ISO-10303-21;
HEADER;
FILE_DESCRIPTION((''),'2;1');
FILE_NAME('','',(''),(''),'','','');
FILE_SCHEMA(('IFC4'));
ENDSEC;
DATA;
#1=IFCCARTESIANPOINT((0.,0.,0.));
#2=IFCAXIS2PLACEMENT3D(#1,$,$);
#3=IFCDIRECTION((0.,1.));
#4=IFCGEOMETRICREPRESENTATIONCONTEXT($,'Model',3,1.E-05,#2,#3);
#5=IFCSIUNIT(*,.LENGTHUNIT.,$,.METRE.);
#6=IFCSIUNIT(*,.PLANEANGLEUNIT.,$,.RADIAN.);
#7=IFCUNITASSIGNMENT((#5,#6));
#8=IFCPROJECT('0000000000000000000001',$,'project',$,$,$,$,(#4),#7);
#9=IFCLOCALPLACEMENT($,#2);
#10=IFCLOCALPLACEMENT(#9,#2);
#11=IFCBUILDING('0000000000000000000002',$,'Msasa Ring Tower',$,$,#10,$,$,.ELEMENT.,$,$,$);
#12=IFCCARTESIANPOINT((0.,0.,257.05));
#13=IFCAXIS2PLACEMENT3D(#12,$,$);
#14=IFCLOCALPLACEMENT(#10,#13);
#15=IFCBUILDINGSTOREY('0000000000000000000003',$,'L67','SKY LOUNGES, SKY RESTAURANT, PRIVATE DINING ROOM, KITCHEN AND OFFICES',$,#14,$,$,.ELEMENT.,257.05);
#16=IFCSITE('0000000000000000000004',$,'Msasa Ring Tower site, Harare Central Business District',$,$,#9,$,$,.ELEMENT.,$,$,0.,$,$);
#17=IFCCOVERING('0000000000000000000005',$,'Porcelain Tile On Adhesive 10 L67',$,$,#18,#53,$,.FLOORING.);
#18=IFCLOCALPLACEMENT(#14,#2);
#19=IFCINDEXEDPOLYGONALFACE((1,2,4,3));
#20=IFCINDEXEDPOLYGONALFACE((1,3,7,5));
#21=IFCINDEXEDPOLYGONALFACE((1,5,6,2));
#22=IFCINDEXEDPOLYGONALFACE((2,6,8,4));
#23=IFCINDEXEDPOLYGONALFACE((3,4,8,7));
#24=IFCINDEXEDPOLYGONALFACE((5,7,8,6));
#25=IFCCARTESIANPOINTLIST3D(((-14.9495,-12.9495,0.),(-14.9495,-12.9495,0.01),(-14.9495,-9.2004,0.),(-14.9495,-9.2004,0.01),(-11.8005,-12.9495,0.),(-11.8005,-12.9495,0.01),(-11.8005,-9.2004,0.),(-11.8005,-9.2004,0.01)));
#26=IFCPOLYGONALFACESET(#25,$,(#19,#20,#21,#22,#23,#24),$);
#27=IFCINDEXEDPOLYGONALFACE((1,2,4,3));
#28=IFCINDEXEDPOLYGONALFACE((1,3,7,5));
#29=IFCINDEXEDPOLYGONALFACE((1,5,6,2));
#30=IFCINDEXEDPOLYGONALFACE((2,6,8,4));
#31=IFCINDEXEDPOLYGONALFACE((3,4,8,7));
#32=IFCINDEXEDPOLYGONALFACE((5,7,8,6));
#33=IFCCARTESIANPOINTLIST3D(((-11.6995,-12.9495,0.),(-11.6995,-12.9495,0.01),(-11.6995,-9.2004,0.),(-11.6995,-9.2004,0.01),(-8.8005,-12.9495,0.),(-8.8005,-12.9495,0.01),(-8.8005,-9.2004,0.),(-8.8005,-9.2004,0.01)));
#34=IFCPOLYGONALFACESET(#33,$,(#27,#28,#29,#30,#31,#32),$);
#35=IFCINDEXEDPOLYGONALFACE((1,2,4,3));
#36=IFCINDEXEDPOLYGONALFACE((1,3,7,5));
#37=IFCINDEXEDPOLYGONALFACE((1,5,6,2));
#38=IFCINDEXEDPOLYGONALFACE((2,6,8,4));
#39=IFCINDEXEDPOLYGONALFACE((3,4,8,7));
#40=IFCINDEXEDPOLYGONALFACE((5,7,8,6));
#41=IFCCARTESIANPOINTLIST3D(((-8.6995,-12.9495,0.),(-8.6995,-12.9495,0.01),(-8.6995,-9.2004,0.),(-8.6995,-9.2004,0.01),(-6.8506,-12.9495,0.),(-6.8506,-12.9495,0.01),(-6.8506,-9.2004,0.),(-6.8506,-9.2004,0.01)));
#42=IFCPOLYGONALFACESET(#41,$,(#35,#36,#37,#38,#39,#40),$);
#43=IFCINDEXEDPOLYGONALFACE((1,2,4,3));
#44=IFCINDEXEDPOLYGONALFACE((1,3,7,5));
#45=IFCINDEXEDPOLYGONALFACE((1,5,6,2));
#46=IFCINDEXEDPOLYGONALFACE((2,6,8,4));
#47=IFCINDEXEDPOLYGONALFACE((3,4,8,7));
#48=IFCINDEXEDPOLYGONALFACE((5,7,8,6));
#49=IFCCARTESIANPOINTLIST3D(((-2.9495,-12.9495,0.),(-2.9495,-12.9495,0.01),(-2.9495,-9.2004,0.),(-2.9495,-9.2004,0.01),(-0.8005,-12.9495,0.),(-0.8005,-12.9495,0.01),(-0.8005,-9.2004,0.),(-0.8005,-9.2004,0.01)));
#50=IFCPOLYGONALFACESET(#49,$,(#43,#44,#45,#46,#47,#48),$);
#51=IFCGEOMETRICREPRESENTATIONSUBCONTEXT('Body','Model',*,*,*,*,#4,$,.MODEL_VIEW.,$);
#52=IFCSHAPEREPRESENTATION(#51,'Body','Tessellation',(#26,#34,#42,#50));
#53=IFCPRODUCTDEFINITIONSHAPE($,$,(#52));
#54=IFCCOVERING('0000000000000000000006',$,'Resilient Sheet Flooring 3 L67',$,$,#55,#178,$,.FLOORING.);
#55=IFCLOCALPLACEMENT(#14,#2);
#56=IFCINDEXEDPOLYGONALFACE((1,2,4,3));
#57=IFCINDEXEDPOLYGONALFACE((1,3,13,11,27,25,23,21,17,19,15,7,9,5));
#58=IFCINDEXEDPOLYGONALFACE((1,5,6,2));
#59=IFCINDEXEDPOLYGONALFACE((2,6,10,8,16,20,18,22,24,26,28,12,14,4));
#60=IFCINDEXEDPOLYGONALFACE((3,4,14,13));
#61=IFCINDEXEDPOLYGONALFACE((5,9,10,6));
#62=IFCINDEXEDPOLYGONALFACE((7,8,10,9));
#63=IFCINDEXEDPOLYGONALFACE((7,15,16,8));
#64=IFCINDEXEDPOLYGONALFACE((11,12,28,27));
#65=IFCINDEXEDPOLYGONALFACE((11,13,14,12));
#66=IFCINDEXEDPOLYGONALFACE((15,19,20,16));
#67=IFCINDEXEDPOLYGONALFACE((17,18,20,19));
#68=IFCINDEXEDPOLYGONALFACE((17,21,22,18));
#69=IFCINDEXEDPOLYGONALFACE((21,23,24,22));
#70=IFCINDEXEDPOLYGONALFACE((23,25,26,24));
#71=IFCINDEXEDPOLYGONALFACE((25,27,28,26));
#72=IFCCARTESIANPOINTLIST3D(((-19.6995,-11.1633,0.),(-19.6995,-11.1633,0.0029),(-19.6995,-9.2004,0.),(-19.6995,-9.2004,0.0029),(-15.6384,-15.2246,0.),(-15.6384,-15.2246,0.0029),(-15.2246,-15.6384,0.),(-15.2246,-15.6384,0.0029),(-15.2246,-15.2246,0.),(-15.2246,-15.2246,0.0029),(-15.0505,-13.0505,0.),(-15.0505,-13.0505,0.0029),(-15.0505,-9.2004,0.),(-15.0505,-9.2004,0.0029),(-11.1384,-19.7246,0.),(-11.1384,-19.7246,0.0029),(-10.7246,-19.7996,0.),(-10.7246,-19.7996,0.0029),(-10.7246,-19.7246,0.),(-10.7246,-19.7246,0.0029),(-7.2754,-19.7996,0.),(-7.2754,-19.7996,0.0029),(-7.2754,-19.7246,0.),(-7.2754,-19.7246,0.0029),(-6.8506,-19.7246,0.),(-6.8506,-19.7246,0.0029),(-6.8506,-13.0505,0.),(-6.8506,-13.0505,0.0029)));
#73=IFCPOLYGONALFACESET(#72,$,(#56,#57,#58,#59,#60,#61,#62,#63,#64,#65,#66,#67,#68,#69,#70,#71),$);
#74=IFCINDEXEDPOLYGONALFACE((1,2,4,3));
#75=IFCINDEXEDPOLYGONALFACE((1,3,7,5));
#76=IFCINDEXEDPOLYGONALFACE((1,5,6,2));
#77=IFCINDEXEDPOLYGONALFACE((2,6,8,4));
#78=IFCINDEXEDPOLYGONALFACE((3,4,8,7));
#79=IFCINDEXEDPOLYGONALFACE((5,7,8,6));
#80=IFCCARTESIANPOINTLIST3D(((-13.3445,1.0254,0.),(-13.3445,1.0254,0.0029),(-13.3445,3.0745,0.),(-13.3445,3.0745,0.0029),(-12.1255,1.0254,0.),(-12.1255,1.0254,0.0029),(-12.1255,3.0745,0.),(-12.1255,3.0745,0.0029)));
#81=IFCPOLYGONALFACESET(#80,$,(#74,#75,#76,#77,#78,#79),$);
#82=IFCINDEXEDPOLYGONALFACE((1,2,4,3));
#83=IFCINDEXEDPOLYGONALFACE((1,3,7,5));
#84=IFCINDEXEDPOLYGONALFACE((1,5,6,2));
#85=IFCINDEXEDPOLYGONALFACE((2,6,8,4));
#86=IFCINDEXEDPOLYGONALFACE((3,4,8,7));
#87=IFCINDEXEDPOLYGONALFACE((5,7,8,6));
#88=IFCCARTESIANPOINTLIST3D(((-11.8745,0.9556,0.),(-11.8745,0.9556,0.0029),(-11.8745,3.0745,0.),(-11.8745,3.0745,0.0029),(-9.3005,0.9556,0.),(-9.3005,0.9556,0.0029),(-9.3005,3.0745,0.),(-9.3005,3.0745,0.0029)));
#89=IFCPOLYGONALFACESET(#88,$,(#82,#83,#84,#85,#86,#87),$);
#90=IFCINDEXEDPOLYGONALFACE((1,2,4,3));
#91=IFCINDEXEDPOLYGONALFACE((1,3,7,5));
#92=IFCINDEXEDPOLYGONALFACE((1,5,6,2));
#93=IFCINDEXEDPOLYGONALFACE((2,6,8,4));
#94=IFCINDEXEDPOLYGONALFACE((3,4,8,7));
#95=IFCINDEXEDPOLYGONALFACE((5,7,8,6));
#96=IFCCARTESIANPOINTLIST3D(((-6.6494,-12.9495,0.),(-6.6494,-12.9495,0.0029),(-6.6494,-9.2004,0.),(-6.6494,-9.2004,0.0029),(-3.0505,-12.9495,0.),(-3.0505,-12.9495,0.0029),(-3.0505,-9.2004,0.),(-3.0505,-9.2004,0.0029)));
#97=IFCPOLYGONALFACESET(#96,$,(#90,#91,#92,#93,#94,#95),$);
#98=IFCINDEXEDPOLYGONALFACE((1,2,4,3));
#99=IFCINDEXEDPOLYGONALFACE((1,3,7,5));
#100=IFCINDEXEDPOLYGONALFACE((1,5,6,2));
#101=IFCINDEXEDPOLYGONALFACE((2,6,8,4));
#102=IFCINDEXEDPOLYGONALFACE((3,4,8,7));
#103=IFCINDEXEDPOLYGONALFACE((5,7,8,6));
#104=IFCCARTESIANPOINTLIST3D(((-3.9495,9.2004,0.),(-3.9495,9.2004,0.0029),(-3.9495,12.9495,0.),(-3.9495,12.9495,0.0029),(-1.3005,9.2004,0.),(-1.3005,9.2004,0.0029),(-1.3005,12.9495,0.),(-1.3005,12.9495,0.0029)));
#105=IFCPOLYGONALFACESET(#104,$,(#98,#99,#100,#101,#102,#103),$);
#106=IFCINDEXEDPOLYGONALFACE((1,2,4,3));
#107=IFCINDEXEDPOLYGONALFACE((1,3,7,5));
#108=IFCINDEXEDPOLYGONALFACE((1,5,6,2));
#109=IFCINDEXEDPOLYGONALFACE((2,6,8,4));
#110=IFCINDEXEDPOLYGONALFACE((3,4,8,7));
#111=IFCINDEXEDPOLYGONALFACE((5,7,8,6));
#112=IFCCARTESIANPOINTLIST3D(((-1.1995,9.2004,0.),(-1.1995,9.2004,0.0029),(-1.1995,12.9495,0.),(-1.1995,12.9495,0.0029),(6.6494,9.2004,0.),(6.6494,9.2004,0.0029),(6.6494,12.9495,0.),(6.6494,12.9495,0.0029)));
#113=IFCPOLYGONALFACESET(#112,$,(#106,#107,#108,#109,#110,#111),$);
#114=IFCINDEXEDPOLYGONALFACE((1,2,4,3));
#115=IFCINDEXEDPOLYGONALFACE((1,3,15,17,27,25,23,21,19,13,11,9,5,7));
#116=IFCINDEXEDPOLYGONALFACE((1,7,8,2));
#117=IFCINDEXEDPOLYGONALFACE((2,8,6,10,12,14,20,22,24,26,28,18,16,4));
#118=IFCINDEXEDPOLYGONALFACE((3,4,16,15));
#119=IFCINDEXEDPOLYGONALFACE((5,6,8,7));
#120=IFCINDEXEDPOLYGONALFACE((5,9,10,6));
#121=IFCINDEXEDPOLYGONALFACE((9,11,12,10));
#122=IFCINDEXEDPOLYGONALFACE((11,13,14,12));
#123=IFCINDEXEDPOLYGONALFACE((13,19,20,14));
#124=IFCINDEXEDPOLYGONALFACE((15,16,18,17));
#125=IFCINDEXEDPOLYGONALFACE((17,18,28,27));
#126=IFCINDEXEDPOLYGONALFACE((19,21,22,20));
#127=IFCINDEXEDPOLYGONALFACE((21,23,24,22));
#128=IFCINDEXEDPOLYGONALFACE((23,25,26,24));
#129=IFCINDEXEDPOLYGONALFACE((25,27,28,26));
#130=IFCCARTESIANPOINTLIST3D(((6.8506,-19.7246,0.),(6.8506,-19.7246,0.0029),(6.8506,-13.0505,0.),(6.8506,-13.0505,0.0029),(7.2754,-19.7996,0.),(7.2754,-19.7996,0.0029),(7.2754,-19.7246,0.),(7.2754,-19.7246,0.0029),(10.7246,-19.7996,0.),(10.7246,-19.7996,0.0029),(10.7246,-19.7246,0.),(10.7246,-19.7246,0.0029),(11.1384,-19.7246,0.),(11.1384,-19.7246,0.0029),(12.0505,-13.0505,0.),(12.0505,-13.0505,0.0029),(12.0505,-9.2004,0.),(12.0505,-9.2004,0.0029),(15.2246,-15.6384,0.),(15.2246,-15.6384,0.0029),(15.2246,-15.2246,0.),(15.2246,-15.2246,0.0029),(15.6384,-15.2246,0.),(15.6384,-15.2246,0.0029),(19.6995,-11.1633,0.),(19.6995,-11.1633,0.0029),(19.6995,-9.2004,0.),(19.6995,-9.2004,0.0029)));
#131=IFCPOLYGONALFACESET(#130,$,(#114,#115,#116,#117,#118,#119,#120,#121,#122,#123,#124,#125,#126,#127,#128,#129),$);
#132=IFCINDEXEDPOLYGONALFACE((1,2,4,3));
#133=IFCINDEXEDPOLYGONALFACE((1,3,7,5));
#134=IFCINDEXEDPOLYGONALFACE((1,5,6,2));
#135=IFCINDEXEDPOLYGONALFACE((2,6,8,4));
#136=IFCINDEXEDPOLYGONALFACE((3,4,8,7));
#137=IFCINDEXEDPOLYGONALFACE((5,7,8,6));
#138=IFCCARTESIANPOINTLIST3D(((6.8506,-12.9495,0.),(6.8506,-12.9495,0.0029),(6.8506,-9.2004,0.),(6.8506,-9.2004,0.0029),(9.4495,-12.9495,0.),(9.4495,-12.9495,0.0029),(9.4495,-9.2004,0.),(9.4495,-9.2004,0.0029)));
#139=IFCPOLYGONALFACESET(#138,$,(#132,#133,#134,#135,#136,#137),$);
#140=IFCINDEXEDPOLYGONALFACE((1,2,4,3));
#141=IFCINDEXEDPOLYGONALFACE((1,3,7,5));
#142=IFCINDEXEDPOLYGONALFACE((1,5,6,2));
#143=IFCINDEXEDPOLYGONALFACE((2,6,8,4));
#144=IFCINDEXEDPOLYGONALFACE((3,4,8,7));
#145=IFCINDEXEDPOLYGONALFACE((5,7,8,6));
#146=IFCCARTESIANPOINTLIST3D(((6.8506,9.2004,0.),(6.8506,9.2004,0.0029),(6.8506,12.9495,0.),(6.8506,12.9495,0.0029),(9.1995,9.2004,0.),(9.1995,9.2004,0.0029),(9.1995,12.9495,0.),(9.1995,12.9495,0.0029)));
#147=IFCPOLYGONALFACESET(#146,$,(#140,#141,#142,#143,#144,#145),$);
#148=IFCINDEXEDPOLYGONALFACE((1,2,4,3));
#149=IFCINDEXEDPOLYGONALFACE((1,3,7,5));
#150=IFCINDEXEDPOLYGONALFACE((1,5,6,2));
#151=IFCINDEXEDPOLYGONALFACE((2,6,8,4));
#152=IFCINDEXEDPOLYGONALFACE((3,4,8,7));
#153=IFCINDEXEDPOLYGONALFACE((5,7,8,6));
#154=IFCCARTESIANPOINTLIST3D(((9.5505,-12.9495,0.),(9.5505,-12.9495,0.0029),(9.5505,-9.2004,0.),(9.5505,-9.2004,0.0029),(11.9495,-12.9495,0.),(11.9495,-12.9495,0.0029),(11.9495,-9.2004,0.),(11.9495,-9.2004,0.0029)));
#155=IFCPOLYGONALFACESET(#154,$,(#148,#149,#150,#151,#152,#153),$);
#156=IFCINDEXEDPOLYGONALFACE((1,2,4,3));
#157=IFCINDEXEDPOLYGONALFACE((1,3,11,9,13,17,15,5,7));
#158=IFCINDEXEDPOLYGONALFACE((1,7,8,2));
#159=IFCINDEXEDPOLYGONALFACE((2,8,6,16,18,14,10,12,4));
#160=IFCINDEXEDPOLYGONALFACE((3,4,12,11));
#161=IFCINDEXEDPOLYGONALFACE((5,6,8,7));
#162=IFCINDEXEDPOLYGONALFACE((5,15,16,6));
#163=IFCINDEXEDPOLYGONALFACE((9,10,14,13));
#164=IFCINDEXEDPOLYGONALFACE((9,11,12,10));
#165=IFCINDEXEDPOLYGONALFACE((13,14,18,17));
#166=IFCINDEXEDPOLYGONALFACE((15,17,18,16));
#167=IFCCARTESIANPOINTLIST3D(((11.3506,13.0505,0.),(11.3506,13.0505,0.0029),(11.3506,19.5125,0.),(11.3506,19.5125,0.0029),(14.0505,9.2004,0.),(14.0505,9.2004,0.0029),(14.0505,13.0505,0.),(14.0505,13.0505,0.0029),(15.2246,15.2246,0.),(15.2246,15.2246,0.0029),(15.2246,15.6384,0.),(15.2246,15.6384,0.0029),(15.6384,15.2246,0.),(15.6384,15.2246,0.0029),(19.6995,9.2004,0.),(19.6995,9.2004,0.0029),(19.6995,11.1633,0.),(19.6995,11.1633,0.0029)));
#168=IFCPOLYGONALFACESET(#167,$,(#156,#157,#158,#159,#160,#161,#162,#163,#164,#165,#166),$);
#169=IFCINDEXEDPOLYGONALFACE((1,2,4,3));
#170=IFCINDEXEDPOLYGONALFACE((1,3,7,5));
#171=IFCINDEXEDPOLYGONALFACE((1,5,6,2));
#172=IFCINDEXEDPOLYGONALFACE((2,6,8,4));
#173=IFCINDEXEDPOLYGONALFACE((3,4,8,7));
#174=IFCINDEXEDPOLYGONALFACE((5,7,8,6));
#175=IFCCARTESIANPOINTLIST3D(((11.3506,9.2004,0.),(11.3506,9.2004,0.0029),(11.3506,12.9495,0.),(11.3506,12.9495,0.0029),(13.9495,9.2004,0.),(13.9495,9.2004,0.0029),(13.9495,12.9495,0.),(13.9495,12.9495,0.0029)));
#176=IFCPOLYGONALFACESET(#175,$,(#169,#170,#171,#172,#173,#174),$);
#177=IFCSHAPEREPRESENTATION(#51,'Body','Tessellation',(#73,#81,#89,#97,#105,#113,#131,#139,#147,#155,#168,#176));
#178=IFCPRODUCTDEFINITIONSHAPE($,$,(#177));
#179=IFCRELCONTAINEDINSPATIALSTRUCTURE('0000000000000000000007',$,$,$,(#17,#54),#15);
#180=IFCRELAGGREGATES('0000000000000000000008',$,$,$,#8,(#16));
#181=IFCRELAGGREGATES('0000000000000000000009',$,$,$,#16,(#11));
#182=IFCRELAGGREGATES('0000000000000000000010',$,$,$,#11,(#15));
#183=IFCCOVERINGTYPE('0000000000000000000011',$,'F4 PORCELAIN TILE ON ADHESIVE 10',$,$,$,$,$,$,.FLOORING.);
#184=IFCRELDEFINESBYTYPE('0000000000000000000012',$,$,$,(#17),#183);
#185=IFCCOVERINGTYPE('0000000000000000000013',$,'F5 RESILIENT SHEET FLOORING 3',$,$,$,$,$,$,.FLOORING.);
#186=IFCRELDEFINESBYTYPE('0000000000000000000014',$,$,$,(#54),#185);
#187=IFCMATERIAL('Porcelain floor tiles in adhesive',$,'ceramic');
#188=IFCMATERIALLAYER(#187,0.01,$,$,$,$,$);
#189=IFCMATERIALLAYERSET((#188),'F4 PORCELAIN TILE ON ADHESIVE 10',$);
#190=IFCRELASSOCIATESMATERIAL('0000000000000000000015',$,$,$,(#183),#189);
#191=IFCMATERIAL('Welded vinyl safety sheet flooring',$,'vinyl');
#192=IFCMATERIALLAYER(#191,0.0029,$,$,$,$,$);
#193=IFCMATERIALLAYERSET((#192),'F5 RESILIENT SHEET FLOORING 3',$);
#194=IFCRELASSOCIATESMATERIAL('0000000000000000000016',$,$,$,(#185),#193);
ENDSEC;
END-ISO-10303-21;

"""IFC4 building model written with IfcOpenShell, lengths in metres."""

from ifc_helpers import new_model, si_unit, direction, frame, origin, place, context, subcontext, project, spatial, line, indexed_curve, outline, extrude, material, layer, layer_set, type_object, element, save


model = new_model("IFC4")

# Units and contexts
model_context = context("Model", 3, precision=1e-05, world=origin(), true_north=direction((0.0, 1.0)))
body_context = subcontext(model_context, "Body", "Model", "MODEL_VIEW")
ifc_project = project(units=[si_unit("LENGTHUNIT", "METRE"), si_unit("PLANEANGLEUNIT", "RADIAN")], contexts=[model_context])

# Site, building, storey
site_placement = place(None, origin())
site = spatial("IfcSite", under=ifc_project, at=site_placement, Name="Msasa Ring Tower site, Harare Central Business District", CompositionType="ELEMENT", RefElevation=0.0)
building_placement = place(site_placement, origin())
building = spatial("IfcBuilding", under=site, at=building_placement, Name="Msasa Ring Tower", CompositionType="ELEMENT")
storey_placement = place(building_placement, frame((0.0, 0.0, 257.05)))
storey = spatial("IfcBuildingStorey", under=building, at=storey_placement, Name="L67", Description="SKY LOUNGES, SKY RESTAURANT, PRIVATE DINING ROOM, KITCHEN AND OFFICES", CompositionType="ELEMENT", Elevation=257.05)

# Coverings
ifc_material_1 = material(Name="Porcelain floor tiles in adhesive", Category="ceramic")
ifc_layer_1 = layer(ifc_material_1, 0.01)
ifc_layer_set_1 = layer_set([ifc_layer_1], Name="F4 PORCELAIN TILE ON ADHESIVE 10")
covering_type_1 = type_object("IfcCoveringType", Name="F4 PORCELAIN TILE ON ADHESIVE 10", PredefinedType="FLOORING", material=ifc_layer_set_1)
covering_1_placement = place(storey_placement, origin())
element("IfcCovering", 1, at=covering_1_placement, inside=storey, type_object=covering_type_1, Name="Porcelain Tile On Adhesive 10 L67", PredefinedType="FLOORING", context=body_context, shape_type="SweptSolid", body=[
    extrude(outline(indexed_curve([(-14.9495, -12.9495), (-14.9495, -9.2004), (-11.8005, -9.2004), (-11.8005, -12.9495)], segments=[line(1, 2, 3, 4, 1)], self_intersect=False)), origin(), (0.0, 0.0, 1.0), 0.01),
    extrude(outline(indexed_curve([(-11.6995, -12.9495), (-11.6995, -9.2004), (-8.8005, -9.2004), (-8.8005, -12.9495)], segments=[line(1, 2, 3, 4, 1)], self_intersect=False)), origin(), (0.0, 0.0, 1.0), 0.01),
    extrude(outline(indexed_curve([(-8.6995, -12.9495), (-8.6995, -9.2004), (-6.8506, -9.2004), (-6.8506, -12.9495)], segments=[line(1, 2, 3, 4, 1)], self_intersect=False)), origin(), (0.0, 0.0, 1.0), 0.01),
    extrude(outline(indexed_curve([(-2.9495, -12.9495), (-2.9495, -9.2004), (-0.8005, -9.2004), (-0.8005, -12.9495)], segments=[line(1, 2, 3, 4, 1)], self_intersect=False)), origin(), (0.0, 0.0, 1.0), 0.01),
])
ifc_material_2 = material(Name="Welded vinyl safety sheet flooring", Category="vinyl")
ifc_layer_2 = layer(ifc_material_2, 0.0029)
ifc_layer_set_2 = layer_set([ifc_layer_2], Name="F5 RESILIENT SHEET FLOORING 3")
covering_type_2 = type_object("IfcCoveringType", Name="F5 RESILIENT SHEET FLOORING 3", PredefinedType="FLOORING", material=ifc_layer_set_2)
covering_2_placement = place(storey_placement, origin())
element("IfcCovering", 2, at=covering_2_placement, inside=storey, type_object=covering_type_2, Name="Resilient Sheet Flooring 3 L67", PredefinedType="FLOORING", context=body_context, shape_type="SweptSolid", body=[
    extrude(outline(indexed_curve([(-10.7246, -19.7996), (-10.7246, -19.7246), (-11.1384, -19.7246), (-15.2246, -15.6384), (-15.2246, -15.2246), (-15.6384, -15.2246), (-19.6995, -11.1633), (-19.6995, -9.2004), (-15.0505, -9.2004), (-15.0505, -13.0505), (-6.8506, -13.0505), (-6.8506, -19.7246), (-7.2754, -19.7246), (-7.2754, -19.7996)], segments=[line(1, 2, 3, 4, 5, 6, 7, 8, 9, 10, 11, 12, 13, 14, 1)], self_intersect=False)), origin(), (0.0, 0.0, 1.0), 0.0029),
    extrude(outline(indexed_curve([(-13.3445, 3.0745), (-12.1255, 3.0745), (-12.1255, 1.0254), (-13.3445, 1.0254)], segments=[line(1, 2, 3, 4, 1)], self_intersect=False)), origin(), (0.0, 0.0, 1.0), 0.0029),
    extrude(outline(indexed_curve([(-9.3005, 3.0745), (-9.3005, 0.9556), (-11.8745, 0.9556), (-11.8745, 3.0745)], segments=[line(1, 2, 3, 4, 1)], self_intersect=False)), origin(), (0.0, 0.0, 1.0), 0.0029),
    extrude(outline(indexed_curve([(-3.0505, -9.2004), (-3.0505, -12.9495), (-6.6494, -12.9495), (-6.6494, -9.2004)], segments=[line(1, 2, 3, 4, 1)], self_intersect=False)), origin(), (0.0, 0.0, 1.0), 0.0029),
    extrude(outline(indexed_curve([(-1.3005, 12.9495), (-1.3005, 9.2004), (-3.9495, 9.2004), (-3.9495, 12.9495)], segments=[line(1, 2, 3, 4, 1)], self_intersect=False)), origin(), (0.0, 0.0, 1.0), 0.0029),
    extrude(outline(indexed_curve([(6.6494, 12.9495), (6.6494, 9.2004), (-1.1995, 9.2004), (-1.1995, 12.9495)], segments=[line(1, 2, 3, 4, 1)], self_intersect=False)), origin(), (0.0, 0.0, 1.0), 0.0029),
    extrude(outline(indexed_curve([(12.0505, -9.2004), (19.6995, -9.2004), (19.6995, -11.1633), (15.6384, -15.2246), (15.2246, -15.2246), (15.2246, -15.6384), (11.1384, -19.7246), (10.7246, -19.7246), (10.7246, -19.7996), (7.2754, -19.7996), (7.2754, -19.7246), (6.8506, -19.7246), (6.8506, -13.0505), (12.0505, -13.0505)], segments=[line(1, 2, 3, 4, 5, 6, 7, 8, 9, 10, 11, 12, 13, 14, 1)], self_intersect=False)), origin(), (0.0, 0.0, 1.0), 0.0029),
    extrude(outline(indexed_curve([(9.4495, -9.2004), (9.4495, -12.9495), (6.8506, -12.9495), (6.8506, -9.2004)], segments=[line(1, 2, 3, 4, 1)], self_intersect=False)), origin(), (0.0, 0.0, 1.0), 0.0029),
    extrude(outline(indexed_curve([(9.1995, 12.9495), (9.1995, 9.2004), (6.8506, 9.2004), (6.8506, 12.9495)], segments=[line(1, 2, 3, 4, 1)], self_intersect=False)), origin(), (0.0, 0.0, 1.0), 0.0029),
    extrude(outline(indexed_curve([(11.9495, -9.2004), (11.9495, -12.9495), (9.5505, -12.9495), (9.5505, -9.2004)], segments=[line(1, 2, 3, 4, 1)], self_intersect=False)), origin(), (0.0, 0.0, 1.0), 0.0029),
    extrude(outline(indexed_curve([(19.6995, 9.2004), (14.0505, 9.2004), (14.0505, 13.0505), (11.3506, 13.0505), (11.3506, 19.5125), (15.2246, 15.6384), (15.2246, 15.2246), (15.6384, 15.2246), (19.6995, 11.1633)], segments=[line(1, 2, 3, 4, 5, 6, 7, 8, 9, 1)], self_intersect=False)), origin(), (0.0, 0.0, 1.0), 0.0029),
    extrude(outline(indexed_curve([(13.9495, 12.9495), (13.9495, 9.2004), (11.3506, 9.2004), (11.3506, 12.9495)], segments=[line(1, 2, 3, 4, 1)], self_intersect=False)), origin(), (0.0, 0.0, 1.0), 0.0029),
])

save(model, "model.ifc")
